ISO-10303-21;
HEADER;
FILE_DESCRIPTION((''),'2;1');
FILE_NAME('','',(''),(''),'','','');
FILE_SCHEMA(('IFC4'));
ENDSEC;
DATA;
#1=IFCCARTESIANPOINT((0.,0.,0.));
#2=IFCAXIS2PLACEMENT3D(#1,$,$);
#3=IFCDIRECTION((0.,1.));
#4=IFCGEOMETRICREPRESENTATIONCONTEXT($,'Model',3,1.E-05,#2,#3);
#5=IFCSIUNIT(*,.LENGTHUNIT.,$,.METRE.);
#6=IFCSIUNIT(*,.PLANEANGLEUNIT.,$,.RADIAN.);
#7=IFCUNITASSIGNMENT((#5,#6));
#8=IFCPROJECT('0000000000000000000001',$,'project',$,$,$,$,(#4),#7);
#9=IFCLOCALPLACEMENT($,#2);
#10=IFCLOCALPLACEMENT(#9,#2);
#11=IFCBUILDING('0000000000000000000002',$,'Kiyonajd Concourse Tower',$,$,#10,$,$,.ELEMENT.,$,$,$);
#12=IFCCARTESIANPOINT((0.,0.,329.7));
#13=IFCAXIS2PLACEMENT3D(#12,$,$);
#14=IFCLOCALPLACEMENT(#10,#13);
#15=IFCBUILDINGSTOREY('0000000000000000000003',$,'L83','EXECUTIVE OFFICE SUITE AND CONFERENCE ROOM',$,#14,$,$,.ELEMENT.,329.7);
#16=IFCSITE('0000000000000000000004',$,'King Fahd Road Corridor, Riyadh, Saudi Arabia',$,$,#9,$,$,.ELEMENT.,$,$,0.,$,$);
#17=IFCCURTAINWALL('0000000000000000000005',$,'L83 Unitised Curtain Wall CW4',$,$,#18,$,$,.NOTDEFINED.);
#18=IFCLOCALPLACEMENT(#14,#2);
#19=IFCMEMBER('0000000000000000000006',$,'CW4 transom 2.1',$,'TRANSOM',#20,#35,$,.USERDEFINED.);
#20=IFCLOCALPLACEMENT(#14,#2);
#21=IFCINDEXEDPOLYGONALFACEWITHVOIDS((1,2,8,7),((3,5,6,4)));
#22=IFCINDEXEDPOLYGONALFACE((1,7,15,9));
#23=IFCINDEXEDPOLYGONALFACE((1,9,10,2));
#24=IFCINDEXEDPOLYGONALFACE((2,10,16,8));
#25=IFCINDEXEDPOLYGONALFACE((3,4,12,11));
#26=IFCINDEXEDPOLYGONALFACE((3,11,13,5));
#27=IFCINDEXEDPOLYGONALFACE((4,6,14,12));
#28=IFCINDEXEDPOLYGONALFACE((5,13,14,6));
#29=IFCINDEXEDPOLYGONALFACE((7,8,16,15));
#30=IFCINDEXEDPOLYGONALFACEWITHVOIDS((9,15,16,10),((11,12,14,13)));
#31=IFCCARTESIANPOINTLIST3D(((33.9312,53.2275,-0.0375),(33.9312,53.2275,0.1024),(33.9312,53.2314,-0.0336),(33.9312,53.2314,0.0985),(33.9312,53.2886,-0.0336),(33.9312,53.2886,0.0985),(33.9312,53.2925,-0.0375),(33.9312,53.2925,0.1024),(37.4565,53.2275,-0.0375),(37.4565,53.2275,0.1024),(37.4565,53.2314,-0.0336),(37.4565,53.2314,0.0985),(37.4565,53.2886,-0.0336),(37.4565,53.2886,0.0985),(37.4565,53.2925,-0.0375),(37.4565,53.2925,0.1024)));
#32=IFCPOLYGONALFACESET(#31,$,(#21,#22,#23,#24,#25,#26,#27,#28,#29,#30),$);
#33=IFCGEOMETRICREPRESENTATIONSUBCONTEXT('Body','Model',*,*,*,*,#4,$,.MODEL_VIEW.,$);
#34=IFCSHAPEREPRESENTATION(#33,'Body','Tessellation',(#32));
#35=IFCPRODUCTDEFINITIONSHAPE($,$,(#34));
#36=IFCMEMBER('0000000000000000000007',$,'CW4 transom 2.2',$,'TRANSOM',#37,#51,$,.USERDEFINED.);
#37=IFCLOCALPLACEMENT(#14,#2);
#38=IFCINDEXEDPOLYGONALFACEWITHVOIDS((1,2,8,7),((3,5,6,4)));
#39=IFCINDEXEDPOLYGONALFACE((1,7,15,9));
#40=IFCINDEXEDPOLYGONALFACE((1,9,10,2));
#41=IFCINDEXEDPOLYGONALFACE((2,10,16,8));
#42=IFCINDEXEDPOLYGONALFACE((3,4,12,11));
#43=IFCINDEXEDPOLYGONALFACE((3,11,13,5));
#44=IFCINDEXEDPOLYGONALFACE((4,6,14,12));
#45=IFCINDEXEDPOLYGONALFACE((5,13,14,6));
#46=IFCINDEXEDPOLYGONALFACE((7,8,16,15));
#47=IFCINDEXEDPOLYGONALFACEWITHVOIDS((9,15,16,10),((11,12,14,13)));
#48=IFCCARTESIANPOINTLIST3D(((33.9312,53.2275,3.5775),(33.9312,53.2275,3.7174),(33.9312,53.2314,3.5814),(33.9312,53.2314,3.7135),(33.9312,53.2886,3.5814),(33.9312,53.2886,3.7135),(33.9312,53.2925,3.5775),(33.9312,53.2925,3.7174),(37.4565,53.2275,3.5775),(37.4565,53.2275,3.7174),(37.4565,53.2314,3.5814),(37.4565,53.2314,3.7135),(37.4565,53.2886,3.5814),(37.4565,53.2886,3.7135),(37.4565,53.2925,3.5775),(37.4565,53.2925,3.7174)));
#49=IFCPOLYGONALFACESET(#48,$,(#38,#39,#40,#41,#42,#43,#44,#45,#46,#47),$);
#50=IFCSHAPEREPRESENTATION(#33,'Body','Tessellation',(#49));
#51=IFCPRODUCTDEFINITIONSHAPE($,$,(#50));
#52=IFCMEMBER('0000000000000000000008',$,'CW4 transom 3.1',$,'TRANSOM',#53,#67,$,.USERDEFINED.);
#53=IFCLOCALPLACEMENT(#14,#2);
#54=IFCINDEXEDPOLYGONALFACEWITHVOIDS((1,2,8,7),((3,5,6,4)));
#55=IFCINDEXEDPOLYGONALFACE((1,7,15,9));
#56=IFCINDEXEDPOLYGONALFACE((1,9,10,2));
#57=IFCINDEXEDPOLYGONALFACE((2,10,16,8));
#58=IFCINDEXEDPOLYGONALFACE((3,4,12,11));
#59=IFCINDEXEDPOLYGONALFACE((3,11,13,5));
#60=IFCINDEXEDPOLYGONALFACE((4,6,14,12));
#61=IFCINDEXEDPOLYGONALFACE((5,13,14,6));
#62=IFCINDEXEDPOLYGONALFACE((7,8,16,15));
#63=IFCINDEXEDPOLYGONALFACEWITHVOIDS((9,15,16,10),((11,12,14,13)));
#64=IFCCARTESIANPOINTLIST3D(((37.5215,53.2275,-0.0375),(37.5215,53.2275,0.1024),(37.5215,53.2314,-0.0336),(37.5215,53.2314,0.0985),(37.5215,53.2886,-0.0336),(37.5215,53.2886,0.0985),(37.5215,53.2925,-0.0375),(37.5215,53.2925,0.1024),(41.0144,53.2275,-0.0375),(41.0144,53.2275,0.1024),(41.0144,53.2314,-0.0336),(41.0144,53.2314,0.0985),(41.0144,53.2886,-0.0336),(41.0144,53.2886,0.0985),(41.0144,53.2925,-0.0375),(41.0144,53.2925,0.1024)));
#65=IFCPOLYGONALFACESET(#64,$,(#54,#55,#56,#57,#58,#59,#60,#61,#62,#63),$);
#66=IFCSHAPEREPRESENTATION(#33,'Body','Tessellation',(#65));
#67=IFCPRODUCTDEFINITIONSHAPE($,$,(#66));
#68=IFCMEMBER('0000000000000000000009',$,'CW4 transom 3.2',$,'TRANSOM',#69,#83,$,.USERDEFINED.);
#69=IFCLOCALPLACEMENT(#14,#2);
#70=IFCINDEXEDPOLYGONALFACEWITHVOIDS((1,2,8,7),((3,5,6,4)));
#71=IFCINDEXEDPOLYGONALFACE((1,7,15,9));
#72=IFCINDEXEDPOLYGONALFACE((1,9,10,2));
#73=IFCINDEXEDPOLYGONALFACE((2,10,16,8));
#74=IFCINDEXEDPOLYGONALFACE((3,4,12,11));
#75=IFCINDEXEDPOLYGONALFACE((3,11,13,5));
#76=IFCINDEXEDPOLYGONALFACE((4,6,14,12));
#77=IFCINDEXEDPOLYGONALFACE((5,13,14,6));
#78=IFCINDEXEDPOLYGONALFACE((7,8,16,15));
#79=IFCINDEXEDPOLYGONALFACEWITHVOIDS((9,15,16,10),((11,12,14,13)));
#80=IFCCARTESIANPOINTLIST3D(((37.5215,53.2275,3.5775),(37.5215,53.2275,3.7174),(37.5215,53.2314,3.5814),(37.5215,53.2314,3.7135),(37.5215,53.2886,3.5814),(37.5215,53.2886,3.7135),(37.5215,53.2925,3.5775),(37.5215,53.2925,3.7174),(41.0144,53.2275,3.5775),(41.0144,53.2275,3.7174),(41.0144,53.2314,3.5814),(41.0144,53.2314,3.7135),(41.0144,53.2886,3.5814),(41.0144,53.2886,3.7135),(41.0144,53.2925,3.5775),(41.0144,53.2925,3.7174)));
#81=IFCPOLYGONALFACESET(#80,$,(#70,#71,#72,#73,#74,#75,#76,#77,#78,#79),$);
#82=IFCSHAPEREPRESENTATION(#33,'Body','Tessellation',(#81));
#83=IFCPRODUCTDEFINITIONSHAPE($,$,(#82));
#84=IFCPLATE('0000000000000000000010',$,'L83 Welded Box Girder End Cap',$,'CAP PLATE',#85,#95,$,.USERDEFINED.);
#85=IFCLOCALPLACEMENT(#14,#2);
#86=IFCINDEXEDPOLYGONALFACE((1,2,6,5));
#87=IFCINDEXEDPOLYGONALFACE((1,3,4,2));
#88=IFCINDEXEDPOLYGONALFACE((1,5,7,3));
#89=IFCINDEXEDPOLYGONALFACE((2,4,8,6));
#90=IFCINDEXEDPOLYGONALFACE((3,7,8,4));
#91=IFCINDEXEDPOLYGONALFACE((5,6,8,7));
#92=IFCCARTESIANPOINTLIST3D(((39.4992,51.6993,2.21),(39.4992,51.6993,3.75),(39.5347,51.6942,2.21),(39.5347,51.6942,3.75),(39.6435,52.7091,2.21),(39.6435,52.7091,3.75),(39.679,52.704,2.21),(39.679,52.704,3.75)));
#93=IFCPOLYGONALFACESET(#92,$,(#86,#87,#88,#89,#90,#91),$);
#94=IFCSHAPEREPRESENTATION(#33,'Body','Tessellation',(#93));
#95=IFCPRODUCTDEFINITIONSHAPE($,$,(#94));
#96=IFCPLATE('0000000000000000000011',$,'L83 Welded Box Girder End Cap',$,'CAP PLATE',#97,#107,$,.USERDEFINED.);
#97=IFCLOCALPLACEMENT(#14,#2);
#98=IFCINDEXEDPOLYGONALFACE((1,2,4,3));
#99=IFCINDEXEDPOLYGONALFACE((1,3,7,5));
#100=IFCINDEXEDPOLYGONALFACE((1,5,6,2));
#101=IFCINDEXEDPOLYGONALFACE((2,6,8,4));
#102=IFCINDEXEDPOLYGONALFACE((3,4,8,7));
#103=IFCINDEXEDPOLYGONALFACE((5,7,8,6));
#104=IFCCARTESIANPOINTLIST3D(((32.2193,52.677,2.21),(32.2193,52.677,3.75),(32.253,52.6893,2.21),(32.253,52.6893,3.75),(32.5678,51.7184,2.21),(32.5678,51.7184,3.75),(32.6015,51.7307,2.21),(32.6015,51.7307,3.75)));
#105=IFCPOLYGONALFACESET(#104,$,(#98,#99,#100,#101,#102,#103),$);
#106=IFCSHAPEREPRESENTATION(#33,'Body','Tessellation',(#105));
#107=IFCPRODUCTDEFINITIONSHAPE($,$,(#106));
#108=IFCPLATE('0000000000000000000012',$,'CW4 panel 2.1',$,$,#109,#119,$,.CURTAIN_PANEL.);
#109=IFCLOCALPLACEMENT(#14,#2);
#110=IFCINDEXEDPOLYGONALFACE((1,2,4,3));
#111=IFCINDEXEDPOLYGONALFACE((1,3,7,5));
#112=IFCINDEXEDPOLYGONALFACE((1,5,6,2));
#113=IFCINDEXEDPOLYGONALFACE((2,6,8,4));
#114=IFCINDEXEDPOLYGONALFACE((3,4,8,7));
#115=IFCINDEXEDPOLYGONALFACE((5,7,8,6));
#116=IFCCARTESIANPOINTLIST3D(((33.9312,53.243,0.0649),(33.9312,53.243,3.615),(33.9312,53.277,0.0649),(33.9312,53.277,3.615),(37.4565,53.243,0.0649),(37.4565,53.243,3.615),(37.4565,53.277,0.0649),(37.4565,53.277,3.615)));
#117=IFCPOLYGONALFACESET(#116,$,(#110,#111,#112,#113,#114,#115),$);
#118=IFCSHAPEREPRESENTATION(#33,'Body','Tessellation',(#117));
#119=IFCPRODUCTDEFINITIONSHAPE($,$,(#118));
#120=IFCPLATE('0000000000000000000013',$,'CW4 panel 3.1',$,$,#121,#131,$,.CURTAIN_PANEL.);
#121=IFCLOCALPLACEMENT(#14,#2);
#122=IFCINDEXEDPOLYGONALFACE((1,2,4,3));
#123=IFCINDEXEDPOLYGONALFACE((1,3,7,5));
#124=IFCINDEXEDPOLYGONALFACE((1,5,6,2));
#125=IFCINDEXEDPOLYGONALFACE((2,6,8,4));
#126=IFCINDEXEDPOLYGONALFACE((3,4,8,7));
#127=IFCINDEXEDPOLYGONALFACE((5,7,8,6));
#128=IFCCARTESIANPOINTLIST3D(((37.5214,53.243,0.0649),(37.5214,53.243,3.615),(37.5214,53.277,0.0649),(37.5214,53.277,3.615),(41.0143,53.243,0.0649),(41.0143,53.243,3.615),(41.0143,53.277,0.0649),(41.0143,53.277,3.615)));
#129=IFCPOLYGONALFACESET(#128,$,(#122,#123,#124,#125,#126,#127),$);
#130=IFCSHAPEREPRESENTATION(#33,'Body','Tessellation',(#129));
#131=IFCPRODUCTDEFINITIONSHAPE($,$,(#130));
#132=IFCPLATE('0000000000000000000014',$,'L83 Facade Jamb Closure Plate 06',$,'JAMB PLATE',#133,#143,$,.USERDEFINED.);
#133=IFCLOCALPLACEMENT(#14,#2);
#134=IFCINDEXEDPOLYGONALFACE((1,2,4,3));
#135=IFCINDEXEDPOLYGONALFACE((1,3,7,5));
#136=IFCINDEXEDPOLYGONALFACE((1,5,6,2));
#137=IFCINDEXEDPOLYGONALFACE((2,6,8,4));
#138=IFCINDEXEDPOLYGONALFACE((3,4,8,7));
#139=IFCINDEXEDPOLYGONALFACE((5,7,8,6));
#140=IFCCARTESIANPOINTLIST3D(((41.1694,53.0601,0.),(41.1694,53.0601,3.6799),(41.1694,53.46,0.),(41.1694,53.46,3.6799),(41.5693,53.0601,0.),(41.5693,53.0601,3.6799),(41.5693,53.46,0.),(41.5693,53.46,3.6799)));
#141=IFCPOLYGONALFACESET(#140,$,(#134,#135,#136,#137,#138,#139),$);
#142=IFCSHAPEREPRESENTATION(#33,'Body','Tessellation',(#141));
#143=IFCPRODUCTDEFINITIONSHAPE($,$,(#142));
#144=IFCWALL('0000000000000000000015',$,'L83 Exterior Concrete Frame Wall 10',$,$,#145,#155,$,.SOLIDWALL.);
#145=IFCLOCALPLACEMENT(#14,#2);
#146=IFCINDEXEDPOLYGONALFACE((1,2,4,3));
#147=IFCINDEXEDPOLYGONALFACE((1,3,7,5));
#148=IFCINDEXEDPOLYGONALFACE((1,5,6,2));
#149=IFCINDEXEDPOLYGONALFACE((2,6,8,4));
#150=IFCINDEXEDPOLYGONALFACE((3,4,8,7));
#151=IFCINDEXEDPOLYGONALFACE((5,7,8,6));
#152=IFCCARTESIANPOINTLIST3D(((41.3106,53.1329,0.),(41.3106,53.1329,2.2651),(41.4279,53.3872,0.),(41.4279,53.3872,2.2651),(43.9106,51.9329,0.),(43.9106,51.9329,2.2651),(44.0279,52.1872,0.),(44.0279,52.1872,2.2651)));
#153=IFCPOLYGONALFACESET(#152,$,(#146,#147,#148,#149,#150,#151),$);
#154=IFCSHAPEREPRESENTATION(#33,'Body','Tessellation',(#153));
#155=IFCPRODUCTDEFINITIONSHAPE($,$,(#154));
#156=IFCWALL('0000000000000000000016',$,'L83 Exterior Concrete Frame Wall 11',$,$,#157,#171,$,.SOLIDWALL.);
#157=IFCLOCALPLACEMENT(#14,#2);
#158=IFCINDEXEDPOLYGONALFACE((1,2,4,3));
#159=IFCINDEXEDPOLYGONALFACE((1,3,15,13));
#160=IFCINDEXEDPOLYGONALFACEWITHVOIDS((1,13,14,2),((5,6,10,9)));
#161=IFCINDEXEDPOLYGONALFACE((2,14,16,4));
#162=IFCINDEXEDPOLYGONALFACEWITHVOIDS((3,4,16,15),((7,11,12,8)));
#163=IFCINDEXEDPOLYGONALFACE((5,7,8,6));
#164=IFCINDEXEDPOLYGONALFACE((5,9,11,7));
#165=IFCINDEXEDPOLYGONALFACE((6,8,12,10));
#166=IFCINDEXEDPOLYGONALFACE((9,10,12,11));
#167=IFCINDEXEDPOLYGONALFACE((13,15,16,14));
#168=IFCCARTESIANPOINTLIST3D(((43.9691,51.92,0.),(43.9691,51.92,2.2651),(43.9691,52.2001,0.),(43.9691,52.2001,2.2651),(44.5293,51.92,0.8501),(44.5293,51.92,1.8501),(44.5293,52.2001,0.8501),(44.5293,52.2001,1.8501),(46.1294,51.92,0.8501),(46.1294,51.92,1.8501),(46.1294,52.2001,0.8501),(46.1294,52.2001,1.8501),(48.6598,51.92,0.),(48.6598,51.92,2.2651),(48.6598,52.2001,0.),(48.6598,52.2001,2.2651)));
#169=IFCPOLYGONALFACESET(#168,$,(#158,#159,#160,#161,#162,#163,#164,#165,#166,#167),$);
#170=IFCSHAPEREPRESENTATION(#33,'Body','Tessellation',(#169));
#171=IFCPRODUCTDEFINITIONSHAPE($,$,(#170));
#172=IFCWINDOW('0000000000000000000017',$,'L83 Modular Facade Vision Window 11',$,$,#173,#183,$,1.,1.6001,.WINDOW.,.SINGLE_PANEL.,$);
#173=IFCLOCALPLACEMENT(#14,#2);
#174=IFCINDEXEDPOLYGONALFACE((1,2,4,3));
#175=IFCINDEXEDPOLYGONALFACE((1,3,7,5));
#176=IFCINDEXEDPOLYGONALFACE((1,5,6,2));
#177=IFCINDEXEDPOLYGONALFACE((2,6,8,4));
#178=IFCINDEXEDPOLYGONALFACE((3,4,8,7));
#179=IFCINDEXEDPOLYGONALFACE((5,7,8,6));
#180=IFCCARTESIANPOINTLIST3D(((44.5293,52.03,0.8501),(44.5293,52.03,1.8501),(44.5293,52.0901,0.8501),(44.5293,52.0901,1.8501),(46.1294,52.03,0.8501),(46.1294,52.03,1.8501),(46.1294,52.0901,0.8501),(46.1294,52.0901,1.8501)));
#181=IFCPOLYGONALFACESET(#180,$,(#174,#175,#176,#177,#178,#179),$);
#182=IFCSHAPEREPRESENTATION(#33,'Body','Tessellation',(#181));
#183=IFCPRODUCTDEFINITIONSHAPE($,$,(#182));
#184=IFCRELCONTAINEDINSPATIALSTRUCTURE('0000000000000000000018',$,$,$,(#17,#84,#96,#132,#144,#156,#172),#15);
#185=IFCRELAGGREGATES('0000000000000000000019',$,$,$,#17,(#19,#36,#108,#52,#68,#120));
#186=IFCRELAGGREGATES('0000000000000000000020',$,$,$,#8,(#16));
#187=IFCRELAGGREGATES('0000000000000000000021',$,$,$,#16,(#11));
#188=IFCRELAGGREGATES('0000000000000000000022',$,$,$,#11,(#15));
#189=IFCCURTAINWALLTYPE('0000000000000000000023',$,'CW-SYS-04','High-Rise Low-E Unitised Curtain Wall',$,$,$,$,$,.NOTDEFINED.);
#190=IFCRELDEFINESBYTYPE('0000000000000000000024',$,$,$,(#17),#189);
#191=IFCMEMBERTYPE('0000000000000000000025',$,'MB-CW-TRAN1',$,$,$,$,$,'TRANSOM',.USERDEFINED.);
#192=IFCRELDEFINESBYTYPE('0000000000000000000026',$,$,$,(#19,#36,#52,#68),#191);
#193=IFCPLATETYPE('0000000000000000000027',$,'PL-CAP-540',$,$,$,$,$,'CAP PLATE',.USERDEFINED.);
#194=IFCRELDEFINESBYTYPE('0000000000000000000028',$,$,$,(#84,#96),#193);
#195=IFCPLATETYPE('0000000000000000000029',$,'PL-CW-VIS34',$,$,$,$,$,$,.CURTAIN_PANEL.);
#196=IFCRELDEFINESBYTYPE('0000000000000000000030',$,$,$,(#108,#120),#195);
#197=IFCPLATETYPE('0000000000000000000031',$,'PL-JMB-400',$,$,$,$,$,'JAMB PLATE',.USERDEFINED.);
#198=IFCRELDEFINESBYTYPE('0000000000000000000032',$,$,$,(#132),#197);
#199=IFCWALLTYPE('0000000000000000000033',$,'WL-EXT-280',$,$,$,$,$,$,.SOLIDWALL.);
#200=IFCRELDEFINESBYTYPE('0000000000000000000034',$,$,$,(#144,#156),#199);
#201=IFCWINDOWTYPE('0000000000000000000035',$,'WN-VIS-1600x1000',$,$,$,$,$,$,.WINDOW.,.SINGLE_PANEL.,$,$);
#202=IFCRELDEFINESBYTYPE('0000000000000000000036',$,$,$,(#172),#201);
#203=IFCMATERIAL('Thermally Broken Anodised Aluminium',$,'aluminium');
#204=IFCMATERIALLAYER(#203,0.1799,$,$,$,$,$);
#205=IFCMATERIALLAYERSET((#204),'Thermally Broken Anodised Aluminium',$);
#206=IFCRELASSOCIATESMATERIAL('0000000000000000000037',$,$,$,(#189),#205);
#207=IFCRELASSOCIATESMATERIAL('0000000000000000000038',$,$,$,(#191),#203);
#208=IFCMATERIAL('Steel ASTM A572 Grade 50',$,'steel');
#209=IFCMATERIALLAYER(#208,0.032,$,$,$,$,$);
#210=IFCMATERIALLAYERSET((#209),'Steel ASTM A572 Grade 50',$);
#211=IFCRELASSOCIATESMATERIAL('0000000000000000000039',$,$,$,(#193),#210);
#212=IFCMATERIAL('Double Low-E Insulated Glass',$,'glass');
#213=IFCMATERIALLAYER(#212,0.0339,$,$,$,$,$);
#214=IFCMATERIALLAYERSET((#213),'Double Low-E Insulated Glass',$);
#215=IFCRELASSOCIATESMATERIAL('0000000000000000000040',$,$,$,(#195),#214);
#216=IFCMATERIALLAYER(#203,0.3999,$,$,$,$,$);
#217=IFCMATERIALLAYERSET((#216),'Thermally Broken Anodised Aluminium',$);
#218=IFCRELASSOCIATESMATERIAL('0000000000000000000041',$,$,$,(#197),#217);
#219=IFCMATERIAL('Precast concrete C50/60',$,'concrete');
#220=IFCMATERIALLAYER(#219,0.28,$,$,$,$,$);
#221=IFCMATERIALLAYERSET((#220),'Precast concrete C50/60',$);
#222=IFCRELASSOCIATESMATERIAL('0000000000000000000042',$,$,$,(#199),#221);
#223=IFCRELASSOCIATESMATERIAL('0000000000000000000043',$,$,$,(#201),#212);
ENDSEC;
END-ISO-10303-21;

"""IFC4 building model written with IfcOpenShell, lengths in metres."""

from ifc_helpers import new_model, si_unit, direction, frame, frame_2d, origin, origin_2d, place, context, subcontext, project, spatial, rectangle, hollow_rectangle, extrude, material, layer, layer_set, material_profile, profile_set, type_object, element, fill, aggregate, save


model = new_model("IFC4")

# Units and contexts
model_context = context("Model", 3, precision=1e-05, world=origin(), true_north=direction((0.0, 1.0)))
body_context = subcontext(model_context, "Body", "Model", "MODEL_VIEW")
ifc_project = project(units=[si_unit("LENGTHUNIT", "METRE"), si_unit("PLANEANGLEUNIT", "RADIAN")], contexts=[model_context])

# Site, building, storey
site_placement = place(None, origin())
site = spatial("IfcSite", under=ifc_project, at=site_placement, Name="King Fahd Road Corridor, Riyadh, Saudi Arabia", CompositionType="ELEMENT", RefElevation=0.0)
building_placement = place(site_placement, origin())
building = spatial("IfcBuilding", under=site, at=building_placement, Name="Kiyonajd Concourse Tower", CompositionType="ELEMENT")
storey_placement = place(building_placement, frame((0.0, 0.0, 329.7)))
storey = spatial("IfcBuildingStorey", under=building, at=storey_placement, Name="L83", Description="EXECUTIVE OFFICE SUITE AND CONFERENCE ROOM", CompositionType="ELEMENT", Elevation=329.7)

# Curtain wall, members
ifc_material_1 = material(Name="Thermally Broken Anodised Aluminium", Category="aluminium")
ifc_layer_1 = layer(ifc_material_1, 0.1799)
ifc_layer_set_1 = layer_set([ifc_layer_1], Name="Thermally Broken Anodised Aluminium")
curtain_wall_type = type_object("IfcCurtainWallType", Name="CW-SYS-04", Description="High-Rise Low-E Unitised Curtain Wall", PredefinedType="NOTDEFINED", material=ifc_layer_set_1)
curtain_wall_placement = place(storey_placement, origin())
curtain_wall = element("IfcCurtainWall", 1, at=curtain_wall_placement, inside=storey, type_object=curtain_wall_type, Name="L83 Unitised Curtain Wall CW4", PredefinedType="NOTDEFINED")
ifc_material_profile_1 = material_profile(ifc_material_1, hollow_rectangle(XDim=0.0649, YDim=0.1399, WallThickness=0.0039, at=origin_2d()), Name="TRAN-65x140")
ifc_profile_set_1 = profile_set([ifc_material_profile_1], Name="Thermally Broken Anodised Aluminium")
member_type_1 = type_object("IfcMemberType", Name="MB-CW-TRAN1", ElementType="TRANSOM", PredefinedType="USERDEFINED", material=ifc_profile_set_1)
member_1_placement = place(storey_placement, frame((33.9312, 53.26, 0.0325), z_axis=(1.0, 0.0, 0.0), x_axis=(0.0, 1.0, 0.0)))
member_1 = element("IfcMember", 2, at=member_1_placement, type_object=member_type_1, Name="CW4 transom 2.1", ObjectType="TRANSOM", PredefinedType="USERDEFINED", context=body_context, shape_type="SweptSolid", body=[
    extrude(hollow_rectangle(XDim=0.0649, YDim=0.1399, WallThickness=0.0039, at=origin_2d()), origin(), (0.0, 0.0, 1.0), 3.5254),
])
member_2_placement = place(storey_placement, frame((33.9312, 53.26, 3.6475), z_axis=(1.0, 0.0, 0.0), x_axis=(0.0, 1.0, 0.0)))
member_2 = element("IfcMember", 3, at=member_2_placement, type_object=member_type_1, Name="CW4 transom 2.2", ObjectType="TRANSOM", PredefinedType="USERDEFINED", context=body_context, shape_type="SweptSolid", body=[
    extrude(hollow_rectangle(XDim=0.0649, YDim=0.1399, WallThickness=0.0039, at=origin_2d()), origin(), (0.0, 0.0, 1.0), 3.5254),
])
member_3_placement = place(storey_placement, frame((37.5215, 53.26, 0.0325), z_axis=(1.0, 0.0, 0.0), x_axis=(0.0, 1.0, 0.0)))
member_3 = element("IfcMember", 4, at=member_3_placement, type_object=member_type_1, Name="CW4 transom 3.1", ObjectType="TRANSOM", PredefinedType="USERDEFINED", context=body_context, shape_type="SweptSolid", body=[
    extrude(hollow_rectangle(XDim=0.0649, YDim=0.1399, WallThickness=0.0039, at=origin_2d()), origin(), (0.0, 0.0, 1.0), 3.4929),
])
member_4_placement = place(storey_placement, frame((37.5215, 53.26, 3.6475), z_axis=(1.0, 0.0, 0.0), x_axis=(0.0, 1.0, 0.0)))
member_4 = element("IfcMember", 5, at=member_4_placement, type_object=member_type_1, Name="CW4 transom 3.2", ObjectType="TRANSOM", PredefinedType="USERDEFINED", context=body_context, shape_type="SweptSolid", body=[
    extrude(hollow_rectangle(XDim=0.0649, YDim=0.1399, WallThickness=0.0039, at=origin_2d()), origin(), (0.0, 0.0, 1.0), 3.4929),
])

# Plates
ifc_material_2 = material(Name="Steel ASTM A572 Grade 50", Category="steel")
ifc_layer_2 = layer(ifc_material_2, 0.032)
ifc_layer_set_2 = layer_set([ifc_layer_2], Name="Steel ASTM A572 Grade 50")
plate_type_1 = type_object("IfcPlateType", Name="PL-CAP-540", ElementType="CAP PLATE", PredefinedType="USERDEFINED", material=ifc_layer_set_2)
for number, where, z_axis, x_axis, name in (
    (6, (39.5891, 52.2017, 2.21), (0.0, 0.0, 1.0), (-0.98995, 0.14142, 0.0), "L83 Welded Box Girder End Cap"),
    (7, (32.4104, 52.2039, 2.21), (0.0, 0.0, 1.0), (0.939812, 0.341692, 0.0), "L83 Welded Box Girder End Cap"),
):
    element("IfcPlate", number, at=place(storey_placement, frame(where, z_axis=z_axis, x_axis=x_axis)), inside=storey, type_object=plate_type_1, Name=name, ObjectType="CAP PLATE", PredefinedType="USERDEFINED", context=body_context, shape_type="SweptSolid", body=[
        extrude(rectangle(XDim=0.0359, YDim=1.02, at=origin_2d()), origin(), (0.0, 0.0, 1.0), 1.54),
    ])

# Plates
ifc_material_3 = material(Name="Double Low-E Insulated Glass", Category="glass")
ifc_layer_3 = layer(ifc_material_3, 0.0339)
ifc_layer_set_3 = layer_set([ifc_layer_3], Name="Double Low-E Insulated Glass")
plate_type_2 = type_object("IfcPlateType", Name="PL-CW-VIS34", PredefinedType="CURTAIN_PANEL", material=ifc_layer_set_3)
plate_1_placement = place(storey_placement, frame((35.6938, 53.26, 0.0649), z_axis=(0.0, 0.0, 1.0), x_axis=(1.0, 0.0, 0.0)))
plate_1 = element("IfcPlate", 8, at=plate_1_placement, type_object=plate_type_2, Name="CW4 panel 2.1", PredefinedType="CURTAIN_PANEL", context=body_context, shape_type="SweptSolid", body=[
    extrude(rectangle(XDim=3.5254, YDim=0.0339, at=origin_2d()), origin(), (0.0, 0.0, 1.0), 3.55),
])
plate_2_placement = place(storey_placement, frame((39.2678, 53.26, 0.0649), z_axis=(0.0, 0.0, 1.0), x_axis=(1.0, 0.0, 0.0)))
plate_2 = element("IfcPlate", 9, at=plate_2_placement, type_object=plate_type_2, Name="CW4 panel 3.1", PredefinedType="CURTAIN_PANEL", context=body_context, shape_type="SweptSolid", body=[
    extrude(rectangle(XDim=3.4929, YDim=0.0339, at=origin_2d()), origin(), (0.0, 0.0, 1.0), 3.55),
])
aggregate(curtain_wall, [member_1, member_2, plate_1, member_3, member_4, plate_2])
ifc_layer_4 = layer(ifc_material_1, 0.3999)
ifc_layer_set_4 = layer_set([ifc_layer_4], Name="Thermally Broken Anodised Aluminium")
plate_type_3 = type_object("IfcPlateType", Name="PL-JMB-400", ElementType="JAMB PLATE", PredefinedType="USERDEFINED", material=ifc_layer_set_4)
plate_3_placement = place(storey_placement, frame((41.3694, 53.26, 0.0), z_axis=(0.0, 0.0, 1.0), x_axis=(1.0, 0.0, 0.0)))
element("IfcPlate", 10, at=plate_3_placement, inside=storey, type_object=plate_type_3, Name="L83 Facade Jamb Closure Plate 06", ObjectType="JAMB PLATE", PredefinedType="USERDEFINED", context=body_context, shape_type="SweptSolid", body=[
    extrude(rectangle(XDim=0.3999, YDim=0.3999, at=origin_2d()), origin(), (0.0, 0.0, 1.0), 3.6799),
])

# Wall
ifc_material_4 = material(Name="Precast concrete C50/60", Category="concrete")
ifc_layer_5 = layer(ifc_material_4, 0.28)
ifc_layer_set_5 = layer_set([ifc_layer_5], Name="Precast concrete C50/60")
wall_type_1 = type_object("IfcWallType", Name="WL-EXT-280", PredefinedType="SOLIDWALL", material=ifc_layer_set_5)
wall_1_placement = place(storey_placement, frame((41.3694, 53.26, 0.0), z_axis=(0.0, 0.0, 1.0), x_axis=(0.907957, -0.419064, 0.0)))
element("IfcWall", 11, at=wall_1_placement, inside=storey, type_object=wall_type_1, Name="L83 Exterior Concrete Frame Wall 10", PredefinedType="SOLIDWALL", context=body_context, shape_type="SweptSolid", body=[
    extrude(rectangle(XDim=2.8635, YDim=0.28, at=frame_2d((1.4316, 0.0))), origin(), (0.0, 0.0, 1.0), 2.2651),
])

# Wall, opening, window
wall_2_placement = place(storey_placement, frame((43.9692, 52.0601, 0.0), z_axis=(0.0, 0.0, 1.0), x_axis=(1.0, 0.0, 0.0)))
wall_2 = element("IfcWall", 12, at=wall_2_placement, inside=storey, type_object=wall_type_1, Name="L83 Exterior Concrete Frame Wall 11", PredefinedType="SOLIDWALL", context=body_context, shape_type="SweptSolid", body=[
    extrude(rectangle(XDim=4.6907, YDim=0.28, at=frame_2d((2.3452, 0.0))), origin(), (0.0, 0.0, 1.0), 2.2651),
])
opening_1_placement = place(wall_2_placement, frame((0.5601, 0.0, 0.8501)))
opening_1 = element("IfcOpeningElement", 13, at=opening_1_placement, cuts=wall_2, PredefinedType="OPENING", context=body_context, shape_type="SweptSolid", body=[
    extrude(rectangle(XDim=1.6001, YDim=1.0, at=frame_2d((0.8, 0.5))), frame((0.0, 0.1499, 0.0), z_axis=(0.0, -1.0, 0.0), x_axis=(1.0, 0.0, 0.0)), (0.0, 0.0, 1.0), 0.3),
])
window_type = type_object("IfcWindowType", Name="WN-VIS-1600x1000", PartitioningType="SINGLE_PANEL", PredefinedType="WINDOW", material=ifc_material_3)
window_placement = place(opening_1_placement, origin())
window = element("IfcWindow", 14, at=window_placement, inside=storey, type_object=window_type, Name="L83 Modular Facade Vision Window 11", OverallHeight=1.0, OverallWidth=1.6001, PartitioningType="SINGLE_PANEL", PredefinedType="WINDOW", context=body_context, shape_type="SweptSolid", body=[
    extrude(rectangle(XDim=1.6001, YDim=1.0, at=frame_2d((0.8, 0.5))), frame((0.0, 0.03, 0.0), z_axis=(0.0, -1.0, 0.0), x_axis=(1.0, 0.0, 0.0)), (0.0, 0.0, 1.0), 0.0601),
])
fill(opening_1, window)

save(model, "model.ifc")
